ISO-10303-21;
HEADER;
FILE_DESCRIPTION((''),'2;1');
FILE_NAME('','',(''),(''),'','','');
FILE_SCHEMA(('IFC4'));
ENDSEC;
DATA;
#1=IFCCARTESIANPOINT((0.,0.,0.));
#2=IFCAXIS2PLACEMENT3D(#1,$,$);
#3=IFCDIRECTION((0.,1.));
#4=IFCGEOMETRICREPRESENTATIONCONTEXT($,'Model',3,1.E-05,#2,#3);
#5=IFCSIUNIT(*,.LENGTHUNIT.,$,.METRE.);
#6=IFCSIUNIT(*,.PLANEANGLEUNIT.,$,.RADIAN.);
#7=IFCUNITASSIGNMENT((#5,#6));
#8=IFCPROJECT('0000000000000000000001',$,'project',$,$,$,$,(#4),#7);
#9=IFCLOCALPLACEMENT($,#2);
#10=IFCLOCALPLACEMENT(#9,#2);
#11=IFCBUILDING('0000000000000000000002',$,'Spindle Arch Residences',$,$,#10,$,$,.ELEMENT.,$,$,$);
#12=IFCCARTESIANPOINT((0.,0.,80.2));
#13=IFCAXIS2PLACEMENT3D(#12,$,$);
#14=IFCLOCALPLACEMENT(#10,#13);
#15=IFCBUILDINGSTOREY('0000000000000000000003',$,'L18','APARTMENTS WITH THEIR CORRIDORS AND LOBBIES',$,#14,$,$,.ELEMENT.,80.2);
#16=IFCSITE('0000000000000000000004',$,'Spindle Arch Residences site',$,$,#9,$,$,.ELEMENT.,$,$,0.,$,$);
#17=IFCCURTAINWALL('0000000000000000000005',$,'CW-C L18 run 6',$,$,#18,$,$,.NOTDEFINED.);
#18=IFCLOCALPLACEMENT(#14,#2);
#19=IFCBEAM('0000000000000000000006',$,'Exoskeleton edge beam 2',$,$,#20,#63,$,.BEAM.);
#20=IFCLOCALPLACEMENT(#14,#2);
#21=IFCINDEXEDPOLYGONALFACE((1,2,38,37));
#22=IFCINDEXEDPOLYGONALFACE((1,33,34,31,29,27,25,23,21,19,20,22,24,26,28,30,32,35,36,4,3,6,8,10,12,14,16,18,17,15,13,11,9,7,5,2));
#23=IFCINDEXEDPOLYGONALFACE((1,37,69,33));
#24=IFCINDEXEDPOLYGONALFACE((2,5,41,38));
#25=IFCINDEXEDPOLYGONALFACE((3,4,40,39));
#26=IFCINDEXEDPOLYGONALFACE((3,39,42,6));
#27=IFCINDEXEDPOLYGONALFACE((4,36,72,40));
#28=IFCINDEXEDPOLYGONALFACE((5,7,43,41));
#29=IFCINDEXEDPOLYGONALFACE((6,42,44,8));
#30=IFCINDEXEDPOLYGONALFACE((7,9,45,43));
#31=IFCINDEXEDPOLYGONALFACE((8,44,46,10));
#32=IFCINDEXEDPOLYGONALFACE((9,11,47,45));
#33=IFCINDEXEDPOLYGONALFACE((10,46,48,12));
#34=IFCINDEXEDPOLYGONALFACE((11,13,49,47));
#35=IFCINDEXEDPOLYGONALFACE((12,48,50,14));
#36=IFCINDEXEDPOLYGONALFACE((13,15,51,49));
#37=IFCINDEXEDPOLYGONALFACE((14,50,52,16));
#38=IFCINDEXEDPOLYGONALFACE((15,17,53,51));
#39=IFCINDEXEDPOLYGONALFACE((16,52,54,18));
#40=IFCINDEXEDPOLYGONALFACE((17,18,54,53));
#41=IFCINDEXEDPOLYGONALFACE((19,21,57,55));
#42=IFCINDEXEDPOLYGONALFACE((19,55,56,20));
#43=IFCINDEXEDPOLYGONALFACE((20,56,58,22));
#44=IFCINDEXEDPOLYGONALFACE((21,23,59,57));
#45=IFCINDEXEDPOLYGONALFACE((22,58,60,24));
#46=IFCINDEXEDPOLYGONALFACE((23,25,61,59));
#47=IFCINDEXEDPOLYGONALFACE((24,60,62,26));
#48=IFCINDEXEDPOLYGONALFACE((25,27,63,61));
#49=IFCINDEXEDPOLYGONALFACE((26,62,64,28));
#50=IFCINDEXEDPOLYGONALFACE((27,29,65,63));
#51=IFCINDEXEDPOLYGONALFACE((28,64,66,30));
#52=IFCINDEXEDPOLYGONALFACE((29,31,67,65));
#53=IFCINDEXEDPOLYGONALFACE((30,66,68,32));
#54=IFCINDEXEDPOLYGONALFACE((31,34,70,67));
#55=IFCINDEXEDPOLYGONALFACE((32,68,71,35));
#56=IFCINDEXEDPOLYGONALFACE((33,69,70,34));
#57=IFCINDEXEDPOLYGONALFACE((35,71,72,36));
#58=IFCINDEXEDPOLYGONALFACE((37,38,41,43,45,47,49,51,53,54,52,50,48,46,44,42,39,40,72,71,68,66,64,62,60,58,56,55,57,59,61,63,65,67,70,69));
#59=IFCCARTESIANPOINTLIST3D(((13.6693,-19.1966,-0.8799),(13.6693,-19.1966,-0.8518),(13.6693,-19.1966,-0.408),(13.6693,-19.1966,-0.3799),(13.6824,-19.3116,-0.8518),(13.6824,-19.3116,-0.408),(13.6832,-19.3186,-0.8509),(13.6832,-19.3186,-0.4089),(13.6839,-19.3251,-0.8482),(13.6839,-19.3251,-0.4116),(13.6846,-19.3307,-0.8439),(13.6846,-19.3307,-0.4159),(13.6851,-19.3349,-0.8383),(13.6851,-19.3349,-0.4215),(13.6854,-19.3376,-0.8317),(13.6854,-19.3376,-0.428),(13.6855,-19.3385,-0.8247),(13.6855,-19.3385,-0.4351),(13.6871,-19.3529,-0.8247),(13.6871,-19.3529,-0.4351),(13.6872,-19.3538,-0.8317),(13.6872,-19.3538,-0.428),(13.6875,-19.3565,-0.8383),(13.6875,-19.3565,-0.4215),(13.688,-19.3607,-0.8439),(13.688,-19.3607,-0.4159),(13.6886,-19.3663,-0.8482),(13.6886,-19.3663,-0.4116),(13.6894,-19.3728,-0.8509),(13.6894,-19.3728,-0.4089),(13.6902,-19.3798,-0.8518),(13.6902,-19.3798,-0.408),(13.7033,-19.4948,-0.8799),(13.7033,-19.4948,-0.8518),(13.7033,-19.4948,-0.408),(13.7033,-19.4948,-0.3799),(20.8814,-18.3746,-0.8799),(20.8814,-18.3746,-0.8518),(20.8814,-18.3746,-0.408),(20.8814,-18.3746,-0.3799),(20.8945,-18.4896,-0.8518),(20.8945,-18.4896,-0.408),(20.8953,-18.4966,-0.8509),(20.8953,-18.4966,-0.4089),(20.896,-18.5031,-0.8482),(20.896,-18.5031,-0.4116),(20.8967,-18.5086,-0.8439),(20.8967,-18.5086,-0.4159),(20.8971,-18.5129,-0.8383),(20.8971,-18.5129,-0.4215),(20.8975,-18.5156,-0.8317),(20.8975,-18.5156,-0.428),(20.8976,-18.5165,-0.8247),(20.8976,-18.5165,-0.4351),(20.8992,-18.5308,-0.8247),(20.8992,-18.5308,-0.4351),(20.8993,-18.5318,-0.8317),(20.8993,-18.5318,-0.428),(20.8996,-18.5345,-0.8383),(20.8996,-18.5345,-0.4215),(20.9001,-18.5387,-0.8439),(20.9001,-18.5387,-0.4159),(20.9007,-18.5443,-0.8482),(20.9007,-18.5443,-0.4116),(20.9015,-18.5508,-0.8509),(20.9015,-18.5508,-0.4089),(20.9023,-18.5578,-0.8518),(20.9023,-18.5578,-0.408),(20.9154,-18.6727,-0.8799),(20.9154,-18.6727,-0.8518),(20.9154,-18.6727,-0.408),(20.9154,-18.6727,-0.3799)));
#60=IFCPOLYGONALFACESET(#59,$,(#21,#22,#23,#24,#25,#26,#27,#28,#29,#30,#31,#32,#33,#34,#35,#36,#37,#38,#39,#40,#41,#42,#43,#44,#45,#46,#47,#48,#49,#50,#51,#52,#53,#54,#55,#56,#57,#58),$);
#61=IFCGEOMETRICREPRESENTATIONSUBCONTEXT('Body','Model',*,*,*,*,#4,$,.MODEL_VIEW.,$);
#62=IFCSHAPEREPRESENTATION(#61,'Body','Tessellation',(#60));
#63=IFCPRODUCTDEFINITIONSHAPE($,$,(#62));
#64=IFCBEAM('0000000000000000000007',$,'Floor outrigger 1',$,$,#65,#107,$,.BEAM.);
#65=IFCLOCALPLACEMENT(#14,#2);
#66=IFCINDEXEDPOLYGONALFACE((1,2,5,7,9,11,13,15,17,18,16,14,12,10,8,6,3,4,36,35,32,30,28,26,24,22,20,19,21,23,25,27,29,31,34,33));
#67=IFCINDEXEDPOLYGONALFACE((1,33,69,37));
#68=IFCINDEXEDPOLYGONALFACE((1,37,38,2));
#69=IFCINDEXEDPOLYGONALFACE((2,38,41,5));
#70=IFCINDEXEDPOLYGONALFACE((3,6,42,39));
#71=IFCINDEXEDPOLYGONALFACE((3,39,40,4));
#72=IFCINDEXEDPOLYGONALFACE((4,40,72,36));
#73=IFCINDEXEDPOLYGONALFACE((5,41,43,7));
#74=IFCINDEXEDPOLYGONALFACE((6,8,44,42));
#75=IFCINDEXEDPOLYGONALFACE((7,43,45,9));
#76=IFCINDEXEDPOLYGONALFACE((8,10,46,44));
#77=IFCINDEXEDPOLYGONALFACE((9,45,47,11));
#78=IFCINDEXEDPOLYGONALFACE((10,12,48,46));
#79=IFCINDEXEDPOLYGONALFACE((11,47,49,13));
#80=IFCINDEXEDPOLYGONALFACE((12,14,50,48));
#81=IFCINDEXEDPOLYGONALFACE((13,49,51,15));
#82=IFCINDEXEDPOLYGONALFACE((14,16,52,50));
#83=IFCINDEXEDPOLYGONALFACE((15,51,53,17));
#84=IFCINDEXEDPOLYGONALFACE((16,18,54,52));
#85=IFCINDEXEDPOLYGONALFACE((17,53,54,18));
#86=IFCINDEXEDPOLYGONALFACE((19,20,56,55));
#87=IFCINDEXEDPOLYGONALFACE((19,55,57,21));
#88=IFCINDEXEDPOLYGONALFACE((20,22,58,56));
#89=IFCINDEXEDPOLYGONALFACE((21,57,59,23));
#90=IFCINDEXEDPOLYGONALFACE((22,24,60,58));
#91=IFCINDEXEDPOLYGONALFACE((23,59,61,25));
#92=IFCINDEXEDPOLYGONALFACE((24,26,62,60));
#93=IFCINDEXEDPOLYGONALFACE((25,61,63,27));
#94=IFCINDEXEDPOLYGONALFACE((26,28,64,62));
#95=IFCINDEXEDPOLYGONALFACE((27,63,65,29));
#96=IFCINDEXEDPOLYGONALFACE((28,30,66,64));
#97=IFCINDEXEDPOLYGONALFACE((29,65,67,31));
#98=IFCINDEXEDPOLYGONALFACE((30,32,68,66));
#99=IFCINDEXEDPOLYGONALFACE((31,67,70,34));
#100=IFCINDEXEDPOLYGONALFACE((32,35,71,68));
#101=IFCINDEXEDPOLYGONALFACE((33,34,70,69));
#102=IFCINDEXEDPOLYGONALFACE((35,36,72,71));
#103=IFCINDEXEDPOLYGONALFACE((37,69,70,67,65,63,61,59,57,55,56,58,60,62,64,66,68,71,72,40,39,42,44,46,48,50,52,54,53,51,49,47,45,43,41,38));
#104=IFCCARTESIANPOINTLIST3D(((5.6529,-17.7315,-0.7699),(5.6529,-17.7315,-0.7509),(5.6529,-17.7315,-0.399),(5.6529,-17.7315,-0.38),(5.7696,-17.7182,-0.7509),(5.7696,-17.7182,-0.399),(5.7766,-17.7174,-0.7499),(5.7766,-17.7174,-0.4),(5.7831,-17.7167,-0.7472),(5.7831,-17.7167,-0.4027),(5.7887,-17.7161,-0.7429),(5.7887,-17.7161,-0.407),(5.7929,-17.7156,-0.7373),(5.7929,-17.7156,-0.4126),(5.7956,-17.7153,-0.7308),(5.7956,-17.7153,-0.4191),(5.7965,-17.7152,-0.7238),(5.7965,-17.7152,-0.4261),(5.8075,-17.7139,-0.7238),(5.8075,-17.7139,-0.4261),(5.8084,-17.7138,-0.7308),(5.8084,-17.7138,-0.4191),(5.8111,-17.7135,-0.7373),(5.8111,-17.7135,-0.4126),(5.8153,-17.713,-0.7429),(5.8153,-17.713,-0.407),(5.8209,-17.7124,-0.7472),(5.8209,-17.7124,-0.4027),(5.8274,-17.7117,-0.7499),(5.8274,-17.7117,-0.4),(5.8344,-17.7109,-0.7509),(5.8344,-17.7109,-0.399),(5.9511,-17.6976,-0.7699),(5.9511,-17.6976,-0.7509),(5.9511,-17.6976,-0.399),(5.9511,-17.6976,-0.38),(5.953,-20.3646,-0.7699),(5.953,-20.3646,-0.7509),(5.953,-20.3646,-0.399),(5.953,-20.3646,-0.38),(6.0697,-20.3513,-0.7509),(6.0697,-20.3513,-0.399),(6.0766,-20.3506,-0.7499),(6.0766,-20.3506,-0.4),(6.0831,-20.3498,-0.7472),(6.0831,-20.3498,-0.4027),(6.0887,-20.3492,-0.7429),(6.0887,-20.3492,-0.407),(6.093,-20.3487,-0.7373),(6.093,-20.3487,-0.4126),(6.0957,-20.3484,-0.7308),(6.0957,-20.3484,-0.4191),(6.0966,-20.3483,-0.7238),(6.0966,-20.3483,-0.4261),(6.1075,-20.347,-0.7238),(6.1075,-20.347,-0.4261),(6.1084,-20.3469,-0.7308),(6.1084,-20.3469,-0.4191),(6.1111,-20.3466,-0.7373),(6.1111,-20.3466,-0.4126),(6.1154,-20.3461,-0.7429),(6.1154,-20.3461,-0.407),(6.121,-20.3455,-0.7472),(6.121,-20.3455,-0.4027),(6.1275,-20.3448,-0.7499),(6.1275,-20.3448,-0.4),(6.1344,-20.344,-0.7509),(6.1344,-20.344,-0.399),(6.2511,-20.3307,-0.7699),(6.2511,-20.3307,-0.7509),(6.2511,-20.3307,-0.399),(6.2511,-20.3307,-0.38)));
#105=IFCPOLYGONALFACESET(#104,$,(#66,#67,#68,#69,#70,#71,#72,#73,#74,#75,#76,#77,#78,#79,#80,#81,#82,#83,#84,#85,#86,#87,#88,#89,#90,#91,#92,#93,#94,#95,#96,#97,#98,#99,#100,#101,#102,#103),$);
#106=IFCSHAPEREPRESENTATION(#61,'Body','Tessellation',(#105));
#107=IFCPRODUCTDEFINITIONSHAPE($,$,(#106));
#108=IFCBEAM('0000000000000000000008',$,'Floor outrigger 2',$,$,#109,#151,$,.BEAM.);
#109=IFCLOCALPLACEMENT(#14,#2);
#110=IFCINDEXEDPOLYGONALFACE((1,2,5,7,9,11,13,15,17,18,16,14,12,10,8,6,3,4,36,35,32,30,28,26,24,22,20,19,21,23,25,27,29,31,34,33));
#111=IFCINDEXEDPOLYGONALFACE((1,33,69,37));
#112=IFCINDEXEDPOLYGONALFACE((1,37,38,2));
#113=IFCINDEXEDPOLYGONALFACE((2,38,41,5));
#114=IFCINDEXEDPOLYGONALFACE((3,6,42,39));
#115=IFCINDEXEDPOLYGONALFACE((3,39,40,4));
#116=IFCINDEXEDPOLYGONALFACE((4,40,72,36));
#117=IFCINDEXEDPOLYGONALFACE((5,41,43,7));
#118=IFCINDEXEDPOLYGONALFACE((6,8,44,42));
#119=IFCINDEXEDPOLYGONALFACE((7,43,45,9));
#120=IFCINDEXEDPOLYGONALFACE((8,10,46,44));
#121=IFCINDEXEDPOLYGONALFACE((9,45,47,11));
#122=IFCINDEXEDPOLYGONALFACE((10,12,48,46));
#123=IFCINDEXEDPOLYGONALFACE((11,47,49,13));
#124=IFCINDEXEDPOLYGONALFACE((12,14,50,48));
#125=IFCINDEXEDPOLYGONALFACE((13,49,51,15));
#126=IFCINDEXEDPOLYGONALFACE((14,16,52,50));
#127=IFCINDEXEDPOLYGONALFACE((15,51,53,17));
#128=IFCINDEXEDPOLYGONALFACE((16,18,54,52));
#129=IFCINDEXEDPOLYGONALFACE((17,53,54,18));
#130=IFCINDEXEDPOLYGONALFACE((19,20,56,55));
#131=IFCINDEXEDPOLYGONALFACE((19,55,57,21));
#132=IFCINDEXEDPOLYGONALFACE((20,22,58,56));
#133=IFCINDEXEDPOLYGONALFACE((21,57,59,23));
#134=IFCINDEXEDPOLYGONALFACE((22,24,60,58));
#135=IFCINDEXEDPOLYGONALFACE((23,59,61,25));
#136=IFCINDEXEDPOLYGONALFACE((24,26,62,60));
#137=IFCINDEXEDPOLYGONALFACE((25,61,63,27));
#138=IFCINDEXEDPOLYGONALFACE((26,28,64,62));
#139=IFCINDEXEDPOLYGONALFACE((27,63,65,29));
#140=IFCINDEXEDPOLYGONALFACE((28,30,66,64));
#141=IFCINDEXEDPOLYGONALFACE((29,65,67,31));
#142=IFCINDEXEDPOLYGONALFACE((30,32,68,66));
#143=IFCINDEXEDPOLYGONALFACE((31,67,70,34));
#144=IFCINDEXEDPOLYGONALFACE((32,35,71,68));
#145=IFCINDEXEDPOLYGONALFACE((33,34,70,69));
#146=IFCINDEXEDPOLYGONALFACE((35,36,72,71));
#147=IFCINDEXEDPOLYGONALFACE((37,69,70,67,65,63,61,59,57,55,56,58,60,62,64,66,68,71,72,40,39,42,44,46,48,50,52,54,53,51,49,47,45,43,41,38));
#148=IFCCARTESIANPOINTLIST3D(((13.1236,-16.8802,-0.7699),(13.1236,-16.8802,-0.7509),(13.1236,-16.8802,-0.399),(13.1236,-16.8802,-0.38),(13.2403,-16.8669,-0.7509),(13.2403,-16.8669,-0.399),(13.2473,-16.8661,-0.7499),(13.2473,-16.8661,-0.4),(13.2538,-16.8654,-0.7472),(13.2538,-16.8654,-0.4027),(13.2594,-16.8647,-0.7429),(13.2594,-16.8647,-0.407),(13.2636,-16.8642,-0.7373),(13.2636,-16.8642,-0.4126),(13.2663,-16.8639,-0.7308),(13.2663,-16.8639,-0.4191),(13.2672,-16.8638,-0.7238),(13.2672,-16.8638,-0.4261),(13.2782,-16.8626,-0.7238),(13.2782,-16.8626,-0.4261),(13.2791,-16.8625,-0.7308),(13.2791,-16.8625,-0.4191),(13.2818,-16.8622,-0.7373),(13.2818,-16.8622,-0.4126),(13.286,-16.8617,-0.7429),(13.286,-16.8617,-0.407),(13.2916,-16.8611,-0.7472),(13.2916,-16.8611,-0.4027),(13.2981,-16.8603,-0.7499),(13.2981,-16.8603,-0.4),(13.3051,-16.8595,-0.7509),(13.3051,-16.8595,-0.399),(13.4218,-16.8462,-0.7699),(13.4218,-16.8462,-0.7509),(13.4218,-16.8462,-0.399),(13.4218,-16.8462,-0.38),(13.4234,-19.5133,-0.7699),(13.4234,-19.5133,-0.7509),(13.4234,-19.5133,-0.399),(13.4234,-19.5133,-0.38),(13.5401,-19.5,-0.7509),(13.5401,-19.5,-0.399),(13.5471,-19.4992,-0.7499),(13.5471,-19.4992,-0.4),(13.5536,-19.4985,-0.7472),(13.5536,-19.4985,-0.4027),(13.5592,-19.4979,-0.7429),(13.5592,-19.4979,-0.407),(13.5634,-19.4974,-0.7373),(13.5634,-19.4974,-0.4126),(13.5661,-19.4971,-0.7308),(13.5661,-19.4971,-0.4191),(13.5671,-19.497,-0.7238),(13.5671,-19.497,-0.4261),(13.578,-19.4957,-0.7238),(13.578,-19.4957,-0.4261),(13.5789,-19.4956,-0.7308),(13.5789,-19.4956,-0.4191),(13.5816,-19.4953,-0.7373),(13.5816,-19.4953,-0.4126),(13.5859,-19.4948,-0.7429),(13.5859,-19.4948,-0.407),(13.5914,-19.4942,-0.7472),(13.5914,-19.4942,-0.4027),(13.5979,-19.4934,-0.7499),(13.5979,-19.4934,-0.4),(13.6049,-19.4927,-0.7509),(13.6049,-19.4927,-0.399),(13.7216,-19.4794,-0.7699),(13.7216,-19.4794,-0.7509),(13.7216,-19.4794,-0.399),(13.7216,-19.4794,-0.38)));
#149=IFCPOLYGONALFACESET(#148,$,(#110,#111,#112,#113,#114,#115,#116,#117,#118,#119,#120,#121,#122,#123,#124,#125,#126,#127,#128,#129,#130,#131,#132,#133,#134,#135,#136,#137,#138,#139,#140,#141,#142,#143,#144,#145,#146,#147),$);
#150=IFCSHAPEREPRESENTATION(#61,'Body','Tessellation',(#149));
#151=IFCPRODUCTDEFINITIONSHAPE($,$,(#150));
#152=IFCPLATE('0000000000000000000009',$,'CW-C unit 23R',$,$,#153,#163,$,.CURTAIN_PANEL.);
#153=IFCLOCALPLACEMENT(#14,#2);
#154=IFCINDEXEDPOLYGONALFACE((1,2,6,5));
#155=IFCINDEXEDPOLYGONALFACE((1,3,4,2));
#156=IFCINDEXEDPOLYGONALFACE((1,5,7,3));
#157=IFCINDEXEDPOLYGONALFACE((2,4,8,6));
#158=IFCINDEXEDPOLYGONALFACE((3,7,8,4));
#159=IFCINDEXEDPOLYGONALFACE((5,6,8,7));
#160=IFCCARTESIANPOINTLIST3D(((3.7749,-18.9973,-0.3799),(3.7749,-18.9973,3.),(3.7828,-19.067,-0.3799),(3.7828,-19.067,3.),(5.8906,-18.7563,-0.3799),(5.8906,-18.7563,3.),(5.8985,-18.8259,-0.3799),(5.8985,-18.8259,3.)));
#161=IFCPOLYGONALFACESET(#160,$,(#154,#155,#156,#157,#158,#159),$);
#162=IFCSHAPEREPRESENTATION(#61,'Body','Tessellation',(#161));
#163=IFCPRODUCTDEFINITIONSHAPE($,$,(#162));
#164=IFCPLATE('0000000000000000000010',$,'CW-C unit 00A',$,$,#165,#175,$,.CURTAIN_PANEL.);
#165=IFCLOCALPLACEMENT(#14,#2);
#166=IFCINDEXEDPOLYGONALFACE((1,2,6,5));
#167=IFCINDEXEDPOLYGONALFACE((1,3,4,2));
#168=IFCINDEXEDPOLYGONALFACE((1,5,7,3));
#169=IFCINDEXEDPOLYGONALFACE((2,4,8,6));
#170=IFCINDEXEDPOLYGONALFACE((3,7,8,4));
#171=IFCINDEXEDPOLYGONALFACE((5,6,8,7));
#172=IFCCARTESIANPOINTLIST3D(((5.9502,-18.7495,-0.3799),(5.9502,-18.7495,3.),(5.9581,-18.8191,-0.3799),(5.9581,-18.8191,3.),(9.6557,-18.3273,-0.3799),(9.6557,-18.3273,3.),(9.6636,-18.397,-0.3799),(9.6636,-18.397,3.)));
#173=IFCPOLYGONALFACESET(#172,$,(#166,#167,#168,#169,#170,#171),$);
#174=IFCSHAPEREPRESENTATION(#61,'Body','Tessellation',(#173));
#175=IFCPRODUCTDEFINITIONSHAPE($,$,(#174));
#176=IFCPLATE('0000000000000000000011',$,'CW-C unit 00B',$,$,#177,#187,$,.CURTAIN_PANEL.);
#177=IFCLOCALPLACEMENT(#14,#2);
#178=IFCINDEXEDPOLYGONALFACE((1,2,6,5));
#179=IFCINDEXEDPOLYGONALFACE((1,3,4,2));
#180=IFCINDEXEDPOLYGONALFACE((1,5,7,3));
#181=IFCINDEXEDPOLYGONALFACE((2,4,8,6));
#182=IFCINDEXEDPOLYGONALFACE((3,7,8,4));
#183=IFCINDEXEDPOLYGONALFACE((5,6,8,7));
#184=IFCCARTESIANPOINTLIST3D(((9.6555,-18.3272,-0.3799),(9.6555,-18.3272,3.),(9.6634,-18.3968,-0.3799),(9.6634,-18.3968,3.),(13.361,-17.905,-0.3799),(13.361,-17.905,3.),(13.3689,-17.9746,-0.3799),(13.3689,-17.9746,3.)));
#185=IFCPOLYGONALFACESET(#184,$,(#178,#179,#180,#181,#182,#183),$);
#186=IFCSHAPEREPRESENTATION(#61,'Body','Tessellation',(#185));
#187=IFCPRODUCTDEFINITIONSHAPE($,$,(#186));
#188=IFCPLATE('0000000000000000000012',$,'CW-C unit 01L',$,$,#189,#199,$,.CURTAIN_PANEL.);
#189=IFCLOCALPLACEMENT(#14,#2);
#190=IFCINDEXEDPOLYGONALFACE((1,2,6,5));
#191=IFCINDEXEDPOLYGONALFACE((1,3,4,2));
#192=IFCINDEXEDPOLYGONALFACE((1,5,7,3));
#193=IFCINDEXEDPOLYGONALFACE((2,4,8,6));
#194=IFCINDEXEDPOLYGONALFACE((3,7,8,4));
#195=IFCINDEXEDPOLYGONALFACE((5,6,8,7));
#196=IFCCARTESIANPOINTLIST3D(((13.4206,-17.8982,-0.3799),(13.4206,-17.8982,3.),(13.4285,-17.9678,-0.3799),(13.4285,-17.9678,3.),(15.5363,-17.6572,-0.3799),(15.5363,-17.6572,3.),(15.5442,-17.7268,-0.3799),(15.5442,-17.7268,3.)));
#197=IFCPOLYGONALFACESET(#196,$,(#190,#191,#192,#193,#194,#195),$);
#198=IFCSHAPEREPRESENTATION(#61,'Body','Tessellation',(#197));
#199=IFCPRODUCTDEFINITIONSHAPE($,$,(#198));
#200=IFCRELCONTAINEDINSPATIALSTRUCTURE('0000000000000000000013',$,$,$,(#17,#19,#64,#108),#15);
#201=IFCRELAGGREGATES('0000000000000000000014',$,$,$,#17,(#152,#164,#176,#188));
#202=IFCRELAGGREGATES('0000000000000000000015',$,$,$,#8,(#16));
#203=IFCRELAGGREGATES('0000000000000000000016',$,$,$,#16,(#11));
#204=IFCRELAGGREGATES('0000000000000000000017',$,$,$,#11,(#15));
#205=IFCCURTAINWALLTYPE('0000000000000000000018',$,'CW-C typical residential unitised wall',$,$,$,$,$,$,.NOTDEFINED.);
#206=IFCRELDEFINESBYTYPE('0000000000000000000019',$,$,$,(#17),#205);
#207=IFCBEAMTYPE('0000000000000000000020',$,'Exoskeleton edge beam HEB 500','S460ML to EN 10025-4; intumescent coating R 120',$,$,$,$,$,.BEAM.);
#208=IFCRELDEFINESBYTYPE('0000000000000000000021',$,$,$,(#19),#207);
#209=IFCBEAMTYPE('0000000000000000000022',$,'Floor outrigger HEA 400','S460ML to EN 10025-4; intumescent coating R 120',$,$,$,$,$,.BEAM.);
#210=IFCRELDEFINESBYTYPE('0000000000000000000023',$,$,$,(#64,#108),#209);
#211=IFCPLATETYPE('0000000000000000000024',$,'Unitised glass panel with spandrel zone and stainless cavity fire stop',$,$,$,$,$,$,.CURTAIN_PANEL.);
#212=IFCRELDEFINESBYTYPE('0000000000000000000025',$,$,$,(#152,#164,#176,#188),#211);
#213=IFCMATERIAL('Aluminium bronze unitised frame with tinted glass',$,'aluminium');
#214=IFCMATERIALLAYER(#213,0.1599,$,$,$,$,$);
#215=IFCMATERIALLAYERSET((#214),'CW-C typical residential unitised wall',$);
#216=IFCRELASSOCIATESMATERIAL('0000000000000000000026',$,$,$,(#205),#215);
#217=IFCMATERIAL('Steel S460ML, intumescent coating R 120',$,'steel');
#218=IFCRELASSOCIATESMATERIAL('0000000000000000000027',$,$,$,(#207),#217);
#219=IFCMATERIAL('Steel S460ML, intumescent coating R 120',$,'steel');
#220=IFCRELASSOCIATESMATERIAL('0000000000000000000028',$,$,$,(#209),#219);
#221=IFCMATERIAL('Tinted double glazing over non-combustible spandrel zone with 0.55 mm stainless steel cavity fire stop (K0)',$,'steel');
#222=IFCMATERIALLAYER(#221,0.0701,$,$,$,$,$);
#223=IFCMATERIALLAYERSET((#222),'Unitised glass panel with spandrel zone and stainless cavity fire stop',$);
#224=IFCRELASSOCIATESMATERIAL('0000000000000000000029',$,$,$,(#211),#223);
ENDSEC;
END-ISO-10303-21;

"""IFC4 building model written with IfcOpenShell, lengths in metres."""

from ifc_helpers import new_model, si_unit, direction, frame, origin, origin_2d, place, context, subcontext, project, spatial, rectangle, i_section, extrude, material, layer, layer_set, material_profile, profile_set, type_object, element, aggregate, save


model = new_model("IFC4")

# Units and contexts
model_context = context("Model", 3, precision=1e-05, world=origin(), true_north=direction((0.0, 1.0)))
body_context = subcontext(model_context, "Body", "Model", "MODEL_VIEW")
ifc_project = project(units=[si_unit("LENGTHUNIT", "METRE"), si_unit("PLANEANGLEUNIT", "RADIAN")], contexts=[model_context])

# Site, building, storey
site_placement = place(None, origin())
site = spatial("IfcSite", under=ifc_project, at=site_placement, Name="Spindle Arch Residences site", CompositionType="ELEMENT", RefElevation=0.0)
building_placement = place(site_placement, origin())
building = spatial("IfcBuilding", under=site, at=building_placement, Name="Spindle Arch Residences", CompositionType="ELEMENT")
storey_placement = place(building_placement, frame((0.0, 0.0, 80.2)))
storey = spatial("IfcBuildingStorey", under=building, at=storey_placement, Name="L18", Description="APARTMENTS WITH THEIR CORRIDORS AND LOBBIES", CompositionType="ELEMENT", Elevation=80.2)

# Curtain wall
ifc_material_1 = material(Name="Aluminium bronze unitised frame with tinted glass", Category="aluminium")
ifc_layer_1 = layer(ifc_material_1, 0.1599)
ifc_layer_set_1 = layer_set([ifc_layer_1], Name="CW-C typical residential unitised wall")
curtain_wall_type = type_object("IfcCurtainWallType", Name="CW-C typical residential unitised wall", PredefinedType="NOTDEFINED", material=ifc_layer_set_1)
curtain_wall_placement = place(storey_placement, origin())
curtain_wall = element("IfcCurtainWall", 1, at=curtain_wall_placement, inside=storey, type_object=curtain_wall_type, Name="CW-C L18 run 6", PredefinedType="NOTDEFINED")

# Beams
ifc_material_2 = material(Name="Steel S460ML, intumescent coating R 120", Category="steel")
ifc_material_profile_1 = material_profile(ifc_material_2, i_section(OverallWidth=0.3, OverallDepth=0.5, WebThickness=0.0144, FlangeThickness=0.0281, FilletRadius=0.0271, at=origin_2d()), Name="HEB 500")
ifc_profile_set_1 = profile_set([ifc_material_profile_1], Name="Steel S460ML, intumescent coating R 120")
beam_type_1 = type_object("IfcBeamType", Name="Exoskeleton edge beam HEB 500", Description="S460ML to EN 10025-4; intumescent coating R 120", PredefinedType="BEAM", material=ifc_profile_set_1)
for number, where, z_axis, x_axis, name in (
    (2, (13.6863, -19.3457, -0.6299), (0.993567, 0.113244, 0.0), (-0.113244, 0.993567, 0.0), "Exoskeleton edge beam 2"),
):
    element("IfcBeam", number, at=place(storey_placement, frame(where, z_axis=z_axis, x_axis=x_axis)), inside=storey, type_object=beam_type_1, Name=name, PredefinedType="BEAM", context=body_context, shape_type="SweptSolid", body=[
        extrude(i_section(OverallWidth=0.3, OverallDepth=0.5, WebThickness=0.0144, FlangeThickness=0.0281, FilletRadius=0.0271, at=origin_2d()), origin(), (0.0, 0.0, 1.0), 7.2588),
    ])
ifc_material_3 = material(Name="Steel S460ML, intumescent coating R 120", Category="steel")
ifc_material_profile_2 = material_profile(ifc_material_3, i_section(OverallWidth=0.3, OverallDepth=0.3899, WebThickness=0.011, FlangeThickness=0.019, FilletRadius=0.0271, at=origin_2d()), Name="HEA 400")
ifc_profile_set_2 = profile_set([ifc_material_profile_2], Name="Steel S460ML, intumescent coating R 120")
beam_type_2 = type_object("IfcBeamType", Name="Floor outrigger HEA 400", Description="S460ML to EN 10025-4; intumescent coating R 120", PredefinedType="BEAM", material=ifc_profile_set_2)
for number, where, z_axis, x_axis, name in (
    (3, (6.1021, -20.3477, -0.575), (-0.113222, 0.99357, 0.0), (-0.99357, -0.113222, 0.0), "Floor outrigger 1"),
    (4, (13.5725, -19.4963, -0.575), (-0.113131, 0.99358, 0.0), (-0.99358, -0.113131, 0.0), "Floor outrigger 2"),
):
    element("IfcBeam", number, at=place(storey_placement, frame(where, z_axis=z_axis, x_axis=x_axis)), inside=storey, type_object=beam_type_2, Name=name, PredefinedType="BEAM", context=body_context, shape_type="SweptSolid", body=[
        extrude(i_section(OverallWidth=0.3, OverallDepth=0.3899, WebThickness=0.011, FlangeThickness=0.019, FilletRadius=0.0271, at=origin_2d()), origin(), (0.0, 0.0, 1.0), 2.6501),
    ])

# Plates
ifc_material_4 = material(Name="Tinted double glazing over non-combustible spandrel zone with 0.55 mm stainless steel cavity fire stop (K0)", Category="steel")
ifc_layer_2 = layer(ifc_material_4, 0.0701)
ifc_layer_set_2 = layer_set([ifc_layer_2], Name="Unitised glass panel with spandrel zone and stainless cavity fire stop")
plate_type = type_object("IfcPlateType", Name="Unitised glass panel with spandrel zone and stainless cavity fire stop", PredefinedType="CURTAIN_PANEL", material=ifc_layer_set_2)
plate_1_placement = place(storey_placement, frame((4.8367, -18.9116, -0.3799), z_axis=(0.0, 0.0, 1.0), x_axis=(0.993572, 0.113203, 0.0)))
plate_1 = element("IfcPlate", 5, at=plate_1_placement, type_object=plate_type, Name="CW-C unit 23R", PredefinedType="CURTAIN_PANEL", context=body_context, shape_type="SweptSolid", body=[
    extrude(rectangle(XDim=2.1294, YDim=0.0701, at=origin_2d()), origin(), (0.0, 0.0, 1.0), 3.3799),
])
plate_2_placement = place(storey_placement, frame((7.8069, -18.5732, -0.3799), z_axis=(0.0, 0.0, 1.0), x_axis=(0.993572, 0.113203, 0.0)))
plate_2 = element("IfcPlate", 6, at=plate_2_placement, type_object=plate_type, Name="CW-C unit 00A", PredefinedType="CURTAIN_PANEL", context=body_context, shape_type="SweptSolid", body=[
    extrude(rectangle(XDim=3.7295, YDim=0.0701, at=origin_2d()), origin(), (0.0, 0.0, 1.0), 3.3799),
])
plate_3_placement = place(storey_placement, frame((11.5122, -18.1509, -0.3799), z_axis=(0.0, 0.0, 1.0), x_axis=(0.993572, 0.113203, 0.0)))
plate_3 = element("IfcPlate", 7, at=plate_3_placement, type_object=plate_type, Name="CW-C unit 00B", PredefinedType="CURTAIN_PANEL", context=body_context, shape_type="SweptSolid", body=[
    extrude(rectangle(XDim=3.7295, YDim=0.0701, at=origin_2d()), origin(), (0.0, 0.0, 1.0), 3.3799),
])
plate_4_placement = place(storey_placement, frame((14.4824, -17.8125, -0.3799), z_axis=(0.0, 0.0, 1.0), x_axis=(0.993572, 0.113203, 0.0)))
plate_4 = element("IfcPlate", 8, at=plate_4_placement, type_object=plate_type, Name="CW-C unit 01L", PredefinedType="CURTAIN_PANEL", context=body_context, shape_type="SweptSolid", body=[
    extrude(rectangle(XDim=2.1294, YDim=0.0701, at=origin_2d()), origin(), (0.0, 0.0, 1.0), 3.3799),
])
aggregate(curtain_wall, [plate_1, plate_2, plate_3, plate_4])

save(model, "model.ifc")
